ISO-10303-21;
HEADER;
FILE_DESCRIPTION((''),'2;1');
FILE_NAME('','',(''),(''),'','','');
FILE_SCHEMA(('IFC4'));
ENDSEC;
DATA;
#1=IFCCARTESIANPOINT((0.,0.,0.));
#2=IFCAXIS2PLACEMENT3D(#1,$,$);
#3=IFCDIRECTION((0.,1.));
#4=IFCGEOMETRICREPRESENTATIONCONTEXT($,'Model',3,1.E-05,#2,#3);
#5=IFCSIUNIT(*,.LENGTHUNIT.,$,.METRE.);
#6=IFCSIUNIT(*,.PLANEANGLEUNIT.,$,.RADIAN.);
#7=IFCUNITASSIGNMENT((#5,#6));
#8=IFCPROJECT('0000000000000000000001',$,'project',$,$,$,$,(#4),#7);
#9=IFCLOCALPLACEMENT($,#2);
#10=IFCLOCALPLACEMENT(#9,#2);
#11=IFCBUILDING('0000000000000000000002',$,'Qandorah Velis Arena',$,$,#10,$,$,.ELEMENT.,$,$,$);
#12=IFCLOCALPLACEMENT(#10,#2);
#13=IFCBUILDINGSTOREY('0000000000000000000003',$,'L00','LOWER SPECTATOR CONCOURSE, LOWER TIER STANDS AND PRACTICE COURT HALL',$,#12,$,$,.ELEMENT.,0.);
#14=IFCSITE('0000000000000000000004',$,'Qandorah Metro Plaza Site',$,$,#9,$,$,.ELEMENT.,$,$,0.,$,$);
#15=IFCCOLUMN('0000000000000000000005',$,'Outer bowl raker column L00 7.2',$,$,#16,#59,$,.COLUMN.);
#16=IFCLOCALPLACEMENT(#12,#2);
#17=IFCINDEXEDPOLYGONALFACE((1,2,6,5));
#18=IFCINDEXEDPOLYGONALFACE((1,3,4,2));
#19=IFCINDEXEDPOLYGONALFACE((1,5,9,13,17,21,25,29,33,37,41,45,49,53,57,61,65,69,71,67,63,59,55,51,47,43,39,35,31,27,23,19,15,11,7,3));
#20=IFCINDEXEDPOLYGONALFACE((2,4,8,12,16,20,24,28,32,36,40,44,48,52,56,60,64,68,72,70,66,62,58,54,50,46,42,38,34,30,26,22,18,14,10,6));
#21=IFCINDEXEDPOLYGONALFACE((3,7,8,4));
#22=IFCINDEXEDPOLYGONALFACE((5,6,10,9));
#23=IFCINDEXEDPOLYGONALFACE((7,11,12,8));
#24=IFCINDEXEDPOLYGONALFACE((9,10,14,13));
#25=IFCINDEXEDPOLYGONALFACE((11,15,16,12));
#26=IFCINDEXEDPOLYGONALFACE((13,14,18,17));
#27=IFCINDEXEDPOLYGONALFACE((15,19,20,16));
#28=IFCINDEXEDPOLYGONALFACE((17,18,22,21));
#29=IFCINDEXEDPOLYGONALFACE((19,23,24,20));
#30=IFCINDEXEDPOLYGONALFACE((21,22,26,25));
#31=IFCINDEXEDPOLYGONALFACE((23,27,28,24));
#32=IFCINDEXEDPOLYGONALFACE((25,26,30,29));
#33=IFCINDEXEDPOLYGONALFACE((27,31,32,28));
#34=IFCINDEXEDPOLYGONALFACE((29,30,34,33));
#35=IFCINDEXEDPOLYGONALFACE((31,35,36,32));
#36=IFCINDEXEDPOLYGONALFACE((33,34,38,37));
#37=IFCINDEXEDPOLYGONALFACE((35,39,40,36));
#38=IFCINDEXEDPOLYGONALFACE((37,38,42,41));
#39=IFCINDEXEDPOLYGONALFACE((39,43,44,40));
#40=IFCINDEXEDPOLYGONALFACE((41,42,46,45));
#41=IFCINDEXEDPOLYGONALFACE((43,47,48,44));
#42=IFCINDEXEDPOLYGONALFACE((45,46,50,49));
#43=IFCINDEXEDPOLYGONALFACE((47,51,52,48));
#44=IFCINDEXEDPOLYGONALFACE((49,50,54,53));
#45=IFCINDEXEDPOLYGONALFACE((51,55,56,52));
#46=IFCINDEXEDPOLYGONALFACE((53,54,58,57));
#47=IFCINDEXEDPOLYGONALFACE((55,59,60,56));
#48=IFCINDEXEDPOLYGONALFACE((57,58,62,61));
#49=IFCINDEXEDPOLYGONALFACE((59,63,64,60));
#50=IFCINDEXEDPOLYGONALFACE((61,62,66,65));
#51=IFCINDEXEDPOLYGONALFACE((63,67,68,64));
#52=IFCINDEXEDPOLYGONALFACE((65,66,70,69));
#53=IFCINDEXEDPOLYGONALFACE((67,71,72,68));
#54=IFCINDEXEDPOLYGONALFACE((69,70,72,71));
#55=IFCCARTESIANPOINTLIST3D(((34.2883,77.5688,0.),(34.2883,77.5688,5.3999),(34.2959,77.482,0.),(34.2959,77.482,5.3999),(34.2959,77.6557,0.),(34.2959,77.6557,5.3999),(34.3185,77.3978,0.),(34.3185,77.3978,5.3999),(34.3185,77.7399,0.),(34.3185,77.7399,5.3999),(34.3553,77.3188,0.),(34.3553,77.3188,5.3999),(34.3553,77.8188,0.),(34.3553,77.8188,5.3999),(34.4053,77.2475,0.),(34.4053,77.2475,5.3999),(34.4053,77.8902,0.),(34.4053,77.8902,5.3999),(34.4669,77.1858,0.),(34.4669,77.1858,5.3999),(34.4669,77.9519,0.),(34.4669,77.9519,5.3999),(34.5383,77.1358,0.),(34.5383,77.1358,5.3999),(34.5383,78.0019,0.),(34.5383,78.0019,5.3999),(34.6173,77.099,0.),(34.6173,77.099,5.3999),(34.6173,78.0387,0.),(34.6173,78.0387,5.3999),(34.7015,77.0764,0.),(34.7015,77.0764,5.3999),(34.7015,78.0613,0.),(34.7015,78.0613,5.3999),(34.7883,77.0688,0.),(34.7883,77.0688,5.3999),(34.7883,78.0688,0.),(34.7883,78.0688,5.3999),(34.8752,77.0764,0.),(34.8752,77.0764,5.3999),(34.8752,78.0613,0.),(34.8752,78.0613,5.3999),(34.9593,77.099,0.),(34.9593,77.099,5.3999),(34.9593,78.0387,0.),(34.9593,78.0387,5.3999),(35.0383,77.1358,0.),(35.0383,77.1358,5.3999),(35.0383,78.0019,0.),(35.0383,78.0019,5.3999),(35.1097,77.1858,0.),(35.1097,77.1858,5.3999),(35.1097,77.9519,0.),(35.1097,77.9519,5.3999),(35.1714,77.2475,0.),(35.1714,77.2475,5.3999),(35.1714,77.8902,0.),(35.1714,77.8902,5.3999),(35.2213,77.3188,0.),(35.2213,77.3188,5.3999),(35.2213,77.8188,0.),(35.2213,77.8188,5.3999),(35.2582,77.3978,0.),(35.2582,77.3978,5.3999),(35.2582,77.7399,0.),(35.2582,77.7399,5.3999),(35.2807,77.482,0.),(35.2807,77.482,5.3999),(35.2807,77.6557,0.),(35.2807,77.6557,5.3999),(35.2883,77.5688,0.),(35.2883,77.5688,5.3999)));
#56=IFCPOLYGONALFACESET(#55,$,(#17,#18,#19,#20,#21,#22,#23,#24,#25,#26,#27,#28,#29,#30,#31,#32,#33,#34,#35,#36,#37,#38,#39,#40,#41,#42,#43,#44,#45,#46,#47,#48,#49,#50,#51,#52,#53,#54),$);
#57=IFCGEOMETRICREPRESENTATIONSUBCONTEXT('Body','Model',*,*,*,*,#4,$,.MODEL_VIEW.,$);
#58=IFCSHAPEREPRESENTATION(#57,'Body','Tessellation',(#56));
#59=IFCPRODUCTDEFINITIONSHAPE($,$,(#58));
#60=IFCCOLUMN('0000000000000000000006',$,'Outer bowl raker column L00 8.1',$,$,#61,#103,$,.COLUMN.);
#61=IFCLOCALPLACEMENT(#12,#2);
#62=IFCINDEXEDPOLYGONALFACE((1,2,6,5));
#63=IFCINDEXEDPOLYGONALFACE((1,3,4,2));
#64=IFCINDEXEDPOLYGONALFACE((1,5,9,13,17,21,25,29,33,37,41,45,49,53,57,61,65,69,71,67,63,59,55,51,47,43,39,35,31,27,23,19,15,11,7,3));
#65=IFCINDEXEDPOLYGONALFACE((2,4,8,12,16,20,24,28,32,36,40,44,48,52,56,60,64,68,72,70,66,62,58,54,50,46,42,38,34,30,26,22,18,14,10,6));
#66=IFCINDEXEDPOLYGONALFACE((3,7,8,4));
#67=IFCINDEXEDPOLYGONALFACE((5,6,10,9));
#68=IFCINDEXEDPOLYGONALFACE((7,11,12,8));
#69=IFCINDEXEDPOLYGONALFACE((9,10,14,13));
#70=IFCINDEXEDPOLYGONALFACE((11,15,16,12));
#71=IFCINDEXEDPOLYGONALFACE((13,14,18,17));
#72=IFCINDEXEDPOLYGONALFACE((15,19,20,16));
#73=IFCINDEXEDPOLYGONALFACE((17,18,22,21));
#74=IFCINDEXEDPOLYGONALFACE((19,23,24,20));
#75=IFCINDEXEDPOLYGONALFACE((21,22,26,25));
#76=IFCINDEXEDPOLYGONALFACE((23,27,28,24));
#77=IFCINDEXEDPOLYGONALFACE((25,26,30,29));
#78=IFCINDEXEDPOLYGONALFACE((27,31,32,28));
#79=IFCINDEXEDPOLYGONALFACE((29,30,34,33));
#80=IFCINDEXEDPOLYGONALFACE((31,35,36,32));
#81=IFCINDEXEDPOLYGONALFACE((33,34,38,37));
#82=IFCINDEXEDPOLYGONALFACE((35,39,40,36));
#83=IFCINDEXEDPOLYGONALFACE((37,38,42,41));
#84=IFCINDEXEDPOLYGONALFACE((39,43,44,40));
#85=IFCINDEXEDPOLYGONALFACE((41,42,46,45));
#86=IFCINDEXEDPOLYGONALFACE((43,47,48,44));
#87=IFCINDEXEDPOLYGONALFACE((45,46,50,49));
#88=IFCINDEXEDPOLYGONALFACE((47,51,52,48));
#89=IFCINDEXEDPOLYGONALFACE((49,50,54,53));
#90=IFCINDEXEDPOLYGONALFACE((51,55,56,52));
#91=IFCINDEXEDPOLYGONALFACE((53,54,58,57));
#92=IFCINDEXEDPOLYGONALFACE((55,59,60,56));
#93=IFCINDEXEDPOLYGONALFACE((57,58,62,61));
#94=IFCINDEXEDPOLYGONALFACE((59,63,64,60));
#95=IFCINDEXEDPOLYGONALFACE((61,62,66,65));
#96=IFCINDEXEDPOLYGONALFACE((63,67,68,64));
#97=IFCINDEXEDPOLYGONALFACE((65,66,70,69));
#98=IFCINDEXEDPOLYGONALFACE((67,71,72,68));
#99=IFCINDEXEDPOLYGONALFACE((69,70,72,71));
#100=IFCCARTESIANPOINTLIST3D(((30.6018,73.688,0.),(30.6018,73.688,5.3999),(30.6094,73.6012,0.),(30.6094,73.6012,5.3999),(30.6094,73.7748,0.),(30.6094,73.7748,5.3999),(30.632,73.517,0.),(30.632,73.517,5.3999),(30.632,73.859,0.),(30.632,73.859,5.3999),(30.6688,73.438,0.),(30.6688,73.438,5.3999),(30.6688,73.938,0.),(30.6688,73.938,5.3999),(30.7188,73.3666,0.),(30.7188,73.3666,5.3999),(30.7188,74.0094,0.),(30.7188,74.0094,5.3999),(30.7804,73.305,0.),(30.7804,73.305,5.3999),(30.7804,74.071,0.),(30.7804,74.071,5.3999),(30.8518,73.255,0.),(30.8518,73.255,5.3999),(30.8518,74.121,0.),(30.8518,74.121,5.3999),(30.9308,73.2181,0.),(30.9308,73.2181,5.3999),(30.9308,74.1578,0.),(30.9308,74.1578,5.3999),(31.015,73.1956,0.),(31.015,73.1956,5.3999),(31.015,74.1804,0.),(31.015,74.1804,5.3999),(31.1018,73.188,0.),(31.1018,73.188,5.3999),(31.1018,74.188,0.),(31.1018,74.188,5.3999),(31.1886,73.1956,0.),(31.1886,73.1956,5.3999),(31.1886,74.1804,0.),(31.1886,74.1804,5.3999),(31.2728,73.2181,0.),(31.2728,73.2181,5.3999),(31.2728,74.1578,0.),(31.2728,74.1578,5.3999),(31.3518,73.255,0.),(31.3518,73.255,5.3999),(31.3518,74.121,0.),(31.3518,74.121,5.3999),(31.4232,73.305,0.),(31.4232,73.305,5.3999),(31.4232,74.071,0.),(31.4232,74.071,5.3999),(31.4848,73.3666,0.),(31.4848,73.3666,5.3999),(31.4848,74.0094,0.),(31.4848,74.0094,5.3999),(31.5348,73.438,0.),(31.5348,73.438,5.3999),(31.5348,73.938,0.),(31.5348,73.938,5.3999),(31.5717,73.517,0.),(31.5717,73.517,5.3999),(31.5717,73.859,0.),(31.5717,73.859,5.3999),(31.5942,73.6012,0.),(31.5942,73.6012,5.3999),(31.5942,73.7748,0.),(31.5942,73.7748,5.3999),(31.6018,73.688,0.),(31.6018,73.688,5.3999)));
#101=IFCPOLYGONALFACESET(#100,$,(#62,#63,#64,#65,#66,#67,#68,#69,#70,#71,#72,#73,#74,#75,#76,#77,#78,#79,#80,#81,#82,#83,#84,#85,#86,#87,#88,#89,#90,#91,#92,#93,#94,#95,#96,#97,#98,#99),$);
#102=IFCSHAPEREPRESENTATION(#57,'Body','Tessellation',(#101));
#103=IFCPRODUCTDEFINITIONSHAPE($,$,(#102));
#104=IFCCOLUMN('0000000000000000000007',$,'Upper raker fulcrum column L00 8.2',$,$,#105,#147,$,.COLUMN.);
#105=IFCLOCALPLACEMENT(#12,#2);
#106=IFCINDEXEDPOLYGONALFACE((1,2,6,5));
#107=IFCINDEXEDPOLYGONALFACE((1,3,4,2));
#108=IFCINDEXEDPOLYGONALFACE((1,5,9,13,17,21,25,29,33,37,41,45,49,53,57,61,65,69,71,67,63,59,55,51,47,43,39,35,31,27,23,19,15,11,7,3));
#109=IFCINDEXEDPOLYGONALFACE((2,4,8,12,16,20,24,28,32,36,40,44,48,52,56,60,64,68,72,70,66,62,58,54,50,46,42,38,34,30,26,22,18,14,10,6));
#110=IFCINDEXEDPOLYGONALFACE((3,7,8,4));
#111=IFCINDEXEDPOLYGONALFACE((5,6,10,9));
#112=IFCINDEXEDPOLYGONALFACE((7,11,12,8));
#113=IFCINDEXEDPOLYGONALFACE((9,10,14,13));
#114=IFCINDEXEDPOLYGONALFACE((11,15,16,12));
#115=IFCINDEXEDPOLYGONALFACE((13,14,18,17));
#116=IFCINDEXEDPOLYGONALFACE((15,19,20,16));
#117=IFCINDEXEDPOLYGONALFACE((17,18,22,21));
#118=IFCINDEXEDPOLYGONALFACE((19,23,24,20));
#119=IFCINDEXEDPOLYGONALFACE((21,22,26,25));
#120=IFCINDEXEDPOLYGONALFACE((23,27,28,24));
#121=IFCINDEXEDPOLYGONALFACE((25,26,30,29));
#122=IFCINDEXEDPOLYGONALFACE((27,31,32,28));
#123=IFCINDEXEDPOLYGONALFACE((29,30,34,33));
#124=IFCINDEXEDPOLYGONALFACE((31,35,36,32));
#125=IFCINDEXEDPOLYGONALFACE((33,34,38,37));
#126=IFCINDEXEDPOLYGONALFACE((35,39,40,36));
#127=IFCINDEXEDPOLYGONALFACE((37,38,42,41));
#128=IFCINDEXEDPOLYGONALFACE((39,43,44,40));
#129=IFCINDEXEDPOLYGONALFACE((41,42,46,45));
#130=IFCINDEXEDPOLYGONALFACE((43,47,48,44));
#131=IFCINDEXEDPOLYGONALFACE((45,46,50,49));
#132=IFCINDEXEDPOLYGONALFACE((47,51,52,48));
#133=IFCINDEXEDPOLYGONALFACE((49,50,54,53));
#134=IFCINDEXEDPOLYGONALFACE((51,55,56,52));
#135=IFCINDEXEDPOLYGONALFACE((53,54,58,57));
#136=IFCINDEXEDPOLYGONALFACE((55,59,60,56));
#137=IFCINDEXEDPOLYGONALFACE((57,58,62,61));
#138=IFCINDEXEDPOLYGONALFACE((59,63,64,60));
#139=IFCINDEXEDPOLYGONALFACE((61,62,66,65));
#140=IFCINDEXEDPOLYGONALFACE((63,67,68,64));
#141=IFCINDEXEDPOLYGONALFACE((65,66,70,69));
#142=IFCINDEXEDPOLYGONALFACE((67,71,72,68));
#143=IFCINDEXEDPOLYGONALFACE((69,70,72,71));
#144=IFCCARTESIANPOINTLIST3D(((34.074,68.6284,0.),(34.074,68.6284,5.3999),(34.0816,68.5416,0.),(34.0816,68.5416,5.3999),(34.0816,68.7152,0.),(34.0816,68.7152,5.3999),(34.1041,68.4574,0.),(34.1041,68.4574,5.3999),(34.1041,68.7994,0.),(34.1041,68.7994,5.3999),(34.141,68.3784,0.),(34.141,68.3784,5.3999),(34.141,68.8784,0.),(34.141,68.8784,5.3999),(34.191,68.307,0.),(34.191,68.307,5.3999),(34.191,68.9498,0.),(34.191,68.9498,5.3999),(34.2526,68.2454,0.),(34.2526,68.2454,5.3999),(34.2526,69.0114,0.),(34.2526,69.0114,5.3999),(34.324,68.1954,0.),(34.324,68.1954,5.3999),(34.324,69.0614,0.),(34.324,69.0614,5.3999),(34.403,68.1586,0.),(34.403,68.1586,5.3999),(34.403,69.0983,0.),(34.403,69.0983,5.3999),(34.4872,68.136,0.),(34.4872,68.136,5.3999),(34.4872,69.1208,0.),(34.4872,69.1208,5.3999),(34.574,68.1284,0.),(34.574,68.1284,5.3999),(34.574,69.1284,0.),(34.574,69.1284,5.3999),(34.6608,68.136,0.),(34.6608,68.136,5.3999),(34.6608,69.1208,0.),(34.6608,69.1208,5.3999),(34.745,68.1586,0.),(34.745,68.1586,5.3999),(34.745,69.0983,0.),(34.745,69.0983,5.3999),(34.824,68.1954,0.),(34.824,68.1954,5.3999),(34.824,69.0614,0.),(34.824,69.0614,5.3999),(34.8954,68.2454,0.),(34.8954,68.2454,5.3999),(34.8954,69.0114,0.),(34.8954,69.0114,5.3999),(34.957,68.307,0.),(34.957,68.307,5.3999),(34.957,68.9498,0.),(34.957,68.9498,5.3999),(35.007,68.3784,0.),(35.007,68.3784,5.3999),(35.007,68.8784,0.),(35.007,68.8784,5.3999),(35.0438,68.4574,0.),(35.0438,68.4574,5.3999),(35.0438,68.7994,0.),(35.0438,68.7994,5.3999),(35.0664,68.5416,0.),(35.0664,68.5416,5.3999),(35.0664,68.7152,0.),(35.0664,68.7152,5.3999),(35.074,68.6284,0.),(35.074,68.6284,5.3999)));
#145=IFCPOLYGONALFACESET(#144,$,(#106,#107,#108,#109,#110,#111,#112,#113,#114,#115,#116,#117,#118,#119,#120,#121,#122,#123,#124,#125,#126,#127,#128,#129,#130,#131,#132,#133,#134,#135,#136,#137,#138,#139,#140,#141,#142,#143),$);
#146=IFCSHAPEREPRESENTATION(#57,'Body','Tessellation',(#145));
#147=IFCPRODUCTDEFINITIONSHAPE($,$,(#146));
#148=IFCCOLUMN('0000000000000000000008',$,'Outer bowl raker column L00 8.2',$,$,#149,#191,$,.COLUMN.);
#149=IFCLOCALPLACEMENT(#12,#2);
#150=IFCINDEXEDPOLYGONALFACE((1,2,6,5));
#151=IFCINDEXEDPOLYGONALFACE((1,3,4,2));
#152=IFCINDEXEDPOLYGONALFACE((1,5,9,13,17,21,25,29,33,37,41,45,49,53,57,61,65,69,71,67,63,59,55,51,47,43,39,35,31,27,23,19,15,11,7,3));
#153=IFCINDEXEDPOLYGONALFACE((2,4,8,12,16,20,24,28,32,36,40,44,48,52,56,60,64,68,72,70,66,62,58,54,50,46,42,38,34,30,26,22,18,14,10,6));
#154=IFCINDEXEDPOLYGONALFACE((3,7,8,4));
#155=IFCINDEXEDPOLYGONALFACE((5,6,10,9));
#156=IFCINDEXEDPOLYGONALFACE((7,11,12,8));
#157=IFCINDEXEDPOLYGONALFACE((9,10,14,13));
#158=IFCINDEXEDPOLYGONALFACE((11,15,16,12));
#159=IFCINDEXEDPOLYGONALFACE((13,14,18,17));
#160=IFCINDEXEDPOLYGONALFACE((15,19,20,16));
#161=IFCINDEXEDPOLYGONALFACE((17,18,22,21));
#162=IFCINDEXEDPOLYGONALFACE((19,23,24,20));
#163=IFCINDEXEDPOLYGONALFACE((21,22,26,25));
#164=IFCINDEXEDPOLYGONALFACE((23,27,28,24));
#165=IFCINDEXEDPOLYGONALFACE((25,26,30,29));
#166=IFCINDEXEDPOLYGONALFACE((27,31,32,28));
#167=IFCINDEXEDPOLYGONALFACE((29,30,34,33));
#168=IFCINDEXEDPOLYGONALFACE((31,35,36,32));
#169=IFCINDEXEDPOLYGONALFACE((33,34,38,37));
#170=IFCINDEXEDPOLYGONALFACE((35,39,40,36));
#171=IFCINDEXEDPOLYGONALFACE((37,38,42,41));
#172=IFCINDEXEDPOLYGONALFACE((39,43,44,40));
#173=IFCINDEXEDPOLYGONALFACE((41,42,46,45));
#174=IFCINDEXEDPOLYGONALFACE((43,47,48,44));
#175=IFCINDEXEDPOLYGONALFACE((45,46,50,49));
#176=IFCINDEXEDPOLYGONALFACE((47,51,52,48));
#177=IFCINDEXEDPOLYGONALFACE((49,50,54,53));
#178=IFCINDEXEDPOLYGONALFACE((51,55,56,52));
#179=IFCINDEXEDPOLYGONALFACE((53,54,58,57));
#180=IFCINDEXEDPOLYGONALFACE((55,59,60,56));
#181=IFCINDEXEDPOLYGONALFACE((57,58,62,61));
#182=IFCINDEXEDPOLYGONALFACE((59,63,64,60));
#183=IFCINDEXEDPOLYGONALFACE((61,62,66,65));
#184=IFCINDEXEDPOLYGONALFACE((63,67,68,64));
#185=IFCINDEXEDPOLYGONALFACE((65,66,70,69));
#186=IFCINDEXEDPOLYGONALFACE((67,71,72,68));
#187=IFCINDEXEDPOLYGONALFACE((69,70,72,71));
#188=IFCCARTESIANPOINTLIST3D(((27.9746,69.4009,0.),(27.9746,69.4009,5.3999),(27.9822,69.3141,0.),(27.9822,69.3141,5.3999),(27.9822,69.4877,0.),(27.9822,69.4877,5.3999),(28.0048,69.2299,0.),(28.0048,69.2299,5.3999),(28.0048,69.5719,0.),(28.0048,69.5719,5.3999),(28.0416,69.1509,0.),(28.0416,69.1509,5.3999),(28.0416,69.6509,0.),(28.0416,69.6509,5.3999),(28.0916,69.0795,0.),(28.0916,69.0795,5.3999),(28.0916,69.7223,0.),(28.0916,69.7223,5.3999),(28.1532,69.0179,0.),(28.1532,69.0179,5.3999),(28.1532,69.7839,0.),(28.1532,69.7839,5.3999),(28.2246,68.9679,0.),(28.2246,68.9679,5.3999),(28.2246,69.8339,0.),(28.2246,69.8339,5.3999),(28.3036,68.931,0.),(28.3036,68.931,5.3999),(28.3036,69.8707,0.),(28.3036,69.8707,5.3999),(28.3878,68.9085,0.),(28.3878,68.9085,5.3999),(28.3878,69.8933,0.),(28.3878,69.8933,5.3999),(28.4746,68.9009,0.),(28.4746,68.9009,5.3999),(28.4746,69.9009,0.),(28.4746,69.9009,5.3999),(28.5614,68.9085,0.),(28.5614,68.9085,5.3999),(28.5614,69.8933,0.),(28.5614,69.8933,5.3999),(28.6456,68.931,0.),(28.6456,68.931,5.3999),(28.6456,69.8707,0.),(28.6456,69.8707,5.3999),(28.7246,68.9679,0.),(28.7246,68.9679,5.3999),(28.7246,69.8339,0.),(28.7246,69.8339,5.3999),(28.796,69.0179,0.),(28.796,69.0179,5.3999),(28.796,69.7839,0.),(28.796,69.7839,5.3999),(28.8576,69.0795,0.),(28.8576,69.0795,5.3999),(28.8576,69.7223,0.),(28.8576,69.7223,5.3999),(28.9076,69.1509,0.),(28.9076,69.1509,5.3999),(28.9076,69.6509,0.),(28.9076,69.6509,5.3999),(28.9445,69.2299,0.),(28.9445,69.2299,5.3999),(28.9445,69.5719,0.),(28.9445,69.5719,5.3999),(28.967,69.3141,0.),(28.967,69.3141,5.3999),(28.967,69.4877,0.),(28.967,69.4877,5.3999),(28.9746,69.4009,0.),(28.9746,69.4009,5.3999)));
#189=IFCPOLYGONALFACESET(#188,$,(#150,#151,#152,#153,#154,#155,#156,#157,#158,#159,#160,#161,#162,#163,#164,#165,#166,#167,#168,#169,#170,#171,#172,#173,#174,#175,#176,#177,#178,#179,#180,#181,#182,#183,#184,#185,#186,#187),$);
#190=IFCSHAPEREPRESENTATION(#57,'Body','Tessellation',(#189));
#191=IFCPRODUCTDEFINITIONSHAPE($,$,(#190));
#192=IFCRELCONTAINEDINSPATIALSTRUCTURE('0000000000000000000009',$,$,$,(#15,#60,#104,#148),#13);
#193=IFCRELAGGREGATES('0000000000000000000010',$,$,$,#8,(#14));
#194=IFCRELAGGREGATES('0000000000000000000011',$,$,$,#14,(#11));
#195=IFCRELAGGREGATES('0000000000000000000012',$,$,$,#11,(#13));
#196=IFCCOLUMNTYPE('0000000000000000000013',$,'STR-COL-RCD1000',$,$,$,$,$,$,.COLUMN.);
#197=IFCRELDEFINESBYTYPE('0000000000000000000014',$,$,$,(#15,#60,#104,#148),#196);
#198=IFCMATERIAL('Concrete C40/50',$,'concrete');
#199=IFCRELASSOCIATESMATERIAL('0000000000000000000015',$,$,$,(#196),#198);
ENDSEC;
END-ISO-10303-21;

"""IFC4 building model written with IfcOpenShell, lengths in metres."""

from ifc_helpers import new_model, si_unit, direction, frame, origin, origin_2d, place, context, subcontext, project, spatial, circle, extrude, material, material_profile, profile_set, type_object, element, save


model = new_model("IFC4")

# Units and contexts
model_context = context("Model", 3, precision=1e-05, world=origin(), true_north=direction((0.0, 1.0)))
body_context = subcontext(model_context, "Body", "Model", "MODEL_VIEW")
ifc_project = project(units=[si_unit("LENGTHUNIT", "METRE"), si_unit("PLANEANGLEUNIT", "RADIAN")], contexts=[model_context])

# Site, building, storey
site_placement = place(None, origin())
site = spatial("IfcSite", under=ifc_project, at=site_placement, Name="Qandorah Metro Plaza Site", CompositionType="ELEMENT", RefElevation=0.0)
building_placement = place(site_placement, origin())
building = spatial("IfcBuilding", under=site, at=building_placement, Name="Qandorah Velis Arena", CompositionType="ELEMENT")
storey_placement = place(building_placement, origin())
storey = spatial("IfcBuildingStorey", under=building, at=storey_placement, Name="L00", Description="LOWER SPECTATOR CONCOURSE, LOWER TIER STANDS AND PRACTICE COURT HALL", CompositionType="ELEMENT", Elevation=0.0)

# Columns
ifc_material_1 = material(Name="Concrete C40/50", Category="concrete")
ifc_material_profile_1 = material_profile(ifc_material_1, circle(Radius=0.5, at=origin_2d()), Name="RC D1000")
ifc_profile_set_1 = profile_set([ifc_material_profile_1], Name="Concrete C40/50")
column_type_1 = type_object("IfcColumnType", Name="STR-COL-RCD1000", PredefinedType="COLUMN", material=ifc_profile_set_1)
for number, where, z_axis, x_axis, name in (
    (1, (34.7883, 77.5688, 0.0), (0.0, 0.0, 1.0), (1.0, 0.0, 0.0), "Outer bowl raker column L00 7.2"),
    (2, (31.1018, 73.688, 0.0), (0.0, 0.0, 1.0), (1.0, 0.0, 0.0), "Outer bowl raker column L00 8.1"),
    (3, (34.574, 68.6284, 0.0), (0.0, 0.0, 1.0), (1.0, 0.0, 0.0), "Upper raker fulcrum column L00 8.2"),
    (4, (28.4746, 69.4009, 0.0), (0.0, 0.0, 1.0), (1.0, 0.0, 0.0), "Outer bowl raker column L00 8.2"),
):
    element("IfcColumn", number, at=place(storey_placement, frame(where, z_axis=z_axis, x_axis=x_axis)), inside=storey, type_object=column_type_1, Name=name, PredefinedType="COLUMN", context=body_context, shape_type="SweptSolid", body=[
        extrude(circle(Radius=0.5, at=origin_2d()), origin(), (0.0, 0.0, 1.0), 5.3999),
    ])

save(model, "model.ifc")
